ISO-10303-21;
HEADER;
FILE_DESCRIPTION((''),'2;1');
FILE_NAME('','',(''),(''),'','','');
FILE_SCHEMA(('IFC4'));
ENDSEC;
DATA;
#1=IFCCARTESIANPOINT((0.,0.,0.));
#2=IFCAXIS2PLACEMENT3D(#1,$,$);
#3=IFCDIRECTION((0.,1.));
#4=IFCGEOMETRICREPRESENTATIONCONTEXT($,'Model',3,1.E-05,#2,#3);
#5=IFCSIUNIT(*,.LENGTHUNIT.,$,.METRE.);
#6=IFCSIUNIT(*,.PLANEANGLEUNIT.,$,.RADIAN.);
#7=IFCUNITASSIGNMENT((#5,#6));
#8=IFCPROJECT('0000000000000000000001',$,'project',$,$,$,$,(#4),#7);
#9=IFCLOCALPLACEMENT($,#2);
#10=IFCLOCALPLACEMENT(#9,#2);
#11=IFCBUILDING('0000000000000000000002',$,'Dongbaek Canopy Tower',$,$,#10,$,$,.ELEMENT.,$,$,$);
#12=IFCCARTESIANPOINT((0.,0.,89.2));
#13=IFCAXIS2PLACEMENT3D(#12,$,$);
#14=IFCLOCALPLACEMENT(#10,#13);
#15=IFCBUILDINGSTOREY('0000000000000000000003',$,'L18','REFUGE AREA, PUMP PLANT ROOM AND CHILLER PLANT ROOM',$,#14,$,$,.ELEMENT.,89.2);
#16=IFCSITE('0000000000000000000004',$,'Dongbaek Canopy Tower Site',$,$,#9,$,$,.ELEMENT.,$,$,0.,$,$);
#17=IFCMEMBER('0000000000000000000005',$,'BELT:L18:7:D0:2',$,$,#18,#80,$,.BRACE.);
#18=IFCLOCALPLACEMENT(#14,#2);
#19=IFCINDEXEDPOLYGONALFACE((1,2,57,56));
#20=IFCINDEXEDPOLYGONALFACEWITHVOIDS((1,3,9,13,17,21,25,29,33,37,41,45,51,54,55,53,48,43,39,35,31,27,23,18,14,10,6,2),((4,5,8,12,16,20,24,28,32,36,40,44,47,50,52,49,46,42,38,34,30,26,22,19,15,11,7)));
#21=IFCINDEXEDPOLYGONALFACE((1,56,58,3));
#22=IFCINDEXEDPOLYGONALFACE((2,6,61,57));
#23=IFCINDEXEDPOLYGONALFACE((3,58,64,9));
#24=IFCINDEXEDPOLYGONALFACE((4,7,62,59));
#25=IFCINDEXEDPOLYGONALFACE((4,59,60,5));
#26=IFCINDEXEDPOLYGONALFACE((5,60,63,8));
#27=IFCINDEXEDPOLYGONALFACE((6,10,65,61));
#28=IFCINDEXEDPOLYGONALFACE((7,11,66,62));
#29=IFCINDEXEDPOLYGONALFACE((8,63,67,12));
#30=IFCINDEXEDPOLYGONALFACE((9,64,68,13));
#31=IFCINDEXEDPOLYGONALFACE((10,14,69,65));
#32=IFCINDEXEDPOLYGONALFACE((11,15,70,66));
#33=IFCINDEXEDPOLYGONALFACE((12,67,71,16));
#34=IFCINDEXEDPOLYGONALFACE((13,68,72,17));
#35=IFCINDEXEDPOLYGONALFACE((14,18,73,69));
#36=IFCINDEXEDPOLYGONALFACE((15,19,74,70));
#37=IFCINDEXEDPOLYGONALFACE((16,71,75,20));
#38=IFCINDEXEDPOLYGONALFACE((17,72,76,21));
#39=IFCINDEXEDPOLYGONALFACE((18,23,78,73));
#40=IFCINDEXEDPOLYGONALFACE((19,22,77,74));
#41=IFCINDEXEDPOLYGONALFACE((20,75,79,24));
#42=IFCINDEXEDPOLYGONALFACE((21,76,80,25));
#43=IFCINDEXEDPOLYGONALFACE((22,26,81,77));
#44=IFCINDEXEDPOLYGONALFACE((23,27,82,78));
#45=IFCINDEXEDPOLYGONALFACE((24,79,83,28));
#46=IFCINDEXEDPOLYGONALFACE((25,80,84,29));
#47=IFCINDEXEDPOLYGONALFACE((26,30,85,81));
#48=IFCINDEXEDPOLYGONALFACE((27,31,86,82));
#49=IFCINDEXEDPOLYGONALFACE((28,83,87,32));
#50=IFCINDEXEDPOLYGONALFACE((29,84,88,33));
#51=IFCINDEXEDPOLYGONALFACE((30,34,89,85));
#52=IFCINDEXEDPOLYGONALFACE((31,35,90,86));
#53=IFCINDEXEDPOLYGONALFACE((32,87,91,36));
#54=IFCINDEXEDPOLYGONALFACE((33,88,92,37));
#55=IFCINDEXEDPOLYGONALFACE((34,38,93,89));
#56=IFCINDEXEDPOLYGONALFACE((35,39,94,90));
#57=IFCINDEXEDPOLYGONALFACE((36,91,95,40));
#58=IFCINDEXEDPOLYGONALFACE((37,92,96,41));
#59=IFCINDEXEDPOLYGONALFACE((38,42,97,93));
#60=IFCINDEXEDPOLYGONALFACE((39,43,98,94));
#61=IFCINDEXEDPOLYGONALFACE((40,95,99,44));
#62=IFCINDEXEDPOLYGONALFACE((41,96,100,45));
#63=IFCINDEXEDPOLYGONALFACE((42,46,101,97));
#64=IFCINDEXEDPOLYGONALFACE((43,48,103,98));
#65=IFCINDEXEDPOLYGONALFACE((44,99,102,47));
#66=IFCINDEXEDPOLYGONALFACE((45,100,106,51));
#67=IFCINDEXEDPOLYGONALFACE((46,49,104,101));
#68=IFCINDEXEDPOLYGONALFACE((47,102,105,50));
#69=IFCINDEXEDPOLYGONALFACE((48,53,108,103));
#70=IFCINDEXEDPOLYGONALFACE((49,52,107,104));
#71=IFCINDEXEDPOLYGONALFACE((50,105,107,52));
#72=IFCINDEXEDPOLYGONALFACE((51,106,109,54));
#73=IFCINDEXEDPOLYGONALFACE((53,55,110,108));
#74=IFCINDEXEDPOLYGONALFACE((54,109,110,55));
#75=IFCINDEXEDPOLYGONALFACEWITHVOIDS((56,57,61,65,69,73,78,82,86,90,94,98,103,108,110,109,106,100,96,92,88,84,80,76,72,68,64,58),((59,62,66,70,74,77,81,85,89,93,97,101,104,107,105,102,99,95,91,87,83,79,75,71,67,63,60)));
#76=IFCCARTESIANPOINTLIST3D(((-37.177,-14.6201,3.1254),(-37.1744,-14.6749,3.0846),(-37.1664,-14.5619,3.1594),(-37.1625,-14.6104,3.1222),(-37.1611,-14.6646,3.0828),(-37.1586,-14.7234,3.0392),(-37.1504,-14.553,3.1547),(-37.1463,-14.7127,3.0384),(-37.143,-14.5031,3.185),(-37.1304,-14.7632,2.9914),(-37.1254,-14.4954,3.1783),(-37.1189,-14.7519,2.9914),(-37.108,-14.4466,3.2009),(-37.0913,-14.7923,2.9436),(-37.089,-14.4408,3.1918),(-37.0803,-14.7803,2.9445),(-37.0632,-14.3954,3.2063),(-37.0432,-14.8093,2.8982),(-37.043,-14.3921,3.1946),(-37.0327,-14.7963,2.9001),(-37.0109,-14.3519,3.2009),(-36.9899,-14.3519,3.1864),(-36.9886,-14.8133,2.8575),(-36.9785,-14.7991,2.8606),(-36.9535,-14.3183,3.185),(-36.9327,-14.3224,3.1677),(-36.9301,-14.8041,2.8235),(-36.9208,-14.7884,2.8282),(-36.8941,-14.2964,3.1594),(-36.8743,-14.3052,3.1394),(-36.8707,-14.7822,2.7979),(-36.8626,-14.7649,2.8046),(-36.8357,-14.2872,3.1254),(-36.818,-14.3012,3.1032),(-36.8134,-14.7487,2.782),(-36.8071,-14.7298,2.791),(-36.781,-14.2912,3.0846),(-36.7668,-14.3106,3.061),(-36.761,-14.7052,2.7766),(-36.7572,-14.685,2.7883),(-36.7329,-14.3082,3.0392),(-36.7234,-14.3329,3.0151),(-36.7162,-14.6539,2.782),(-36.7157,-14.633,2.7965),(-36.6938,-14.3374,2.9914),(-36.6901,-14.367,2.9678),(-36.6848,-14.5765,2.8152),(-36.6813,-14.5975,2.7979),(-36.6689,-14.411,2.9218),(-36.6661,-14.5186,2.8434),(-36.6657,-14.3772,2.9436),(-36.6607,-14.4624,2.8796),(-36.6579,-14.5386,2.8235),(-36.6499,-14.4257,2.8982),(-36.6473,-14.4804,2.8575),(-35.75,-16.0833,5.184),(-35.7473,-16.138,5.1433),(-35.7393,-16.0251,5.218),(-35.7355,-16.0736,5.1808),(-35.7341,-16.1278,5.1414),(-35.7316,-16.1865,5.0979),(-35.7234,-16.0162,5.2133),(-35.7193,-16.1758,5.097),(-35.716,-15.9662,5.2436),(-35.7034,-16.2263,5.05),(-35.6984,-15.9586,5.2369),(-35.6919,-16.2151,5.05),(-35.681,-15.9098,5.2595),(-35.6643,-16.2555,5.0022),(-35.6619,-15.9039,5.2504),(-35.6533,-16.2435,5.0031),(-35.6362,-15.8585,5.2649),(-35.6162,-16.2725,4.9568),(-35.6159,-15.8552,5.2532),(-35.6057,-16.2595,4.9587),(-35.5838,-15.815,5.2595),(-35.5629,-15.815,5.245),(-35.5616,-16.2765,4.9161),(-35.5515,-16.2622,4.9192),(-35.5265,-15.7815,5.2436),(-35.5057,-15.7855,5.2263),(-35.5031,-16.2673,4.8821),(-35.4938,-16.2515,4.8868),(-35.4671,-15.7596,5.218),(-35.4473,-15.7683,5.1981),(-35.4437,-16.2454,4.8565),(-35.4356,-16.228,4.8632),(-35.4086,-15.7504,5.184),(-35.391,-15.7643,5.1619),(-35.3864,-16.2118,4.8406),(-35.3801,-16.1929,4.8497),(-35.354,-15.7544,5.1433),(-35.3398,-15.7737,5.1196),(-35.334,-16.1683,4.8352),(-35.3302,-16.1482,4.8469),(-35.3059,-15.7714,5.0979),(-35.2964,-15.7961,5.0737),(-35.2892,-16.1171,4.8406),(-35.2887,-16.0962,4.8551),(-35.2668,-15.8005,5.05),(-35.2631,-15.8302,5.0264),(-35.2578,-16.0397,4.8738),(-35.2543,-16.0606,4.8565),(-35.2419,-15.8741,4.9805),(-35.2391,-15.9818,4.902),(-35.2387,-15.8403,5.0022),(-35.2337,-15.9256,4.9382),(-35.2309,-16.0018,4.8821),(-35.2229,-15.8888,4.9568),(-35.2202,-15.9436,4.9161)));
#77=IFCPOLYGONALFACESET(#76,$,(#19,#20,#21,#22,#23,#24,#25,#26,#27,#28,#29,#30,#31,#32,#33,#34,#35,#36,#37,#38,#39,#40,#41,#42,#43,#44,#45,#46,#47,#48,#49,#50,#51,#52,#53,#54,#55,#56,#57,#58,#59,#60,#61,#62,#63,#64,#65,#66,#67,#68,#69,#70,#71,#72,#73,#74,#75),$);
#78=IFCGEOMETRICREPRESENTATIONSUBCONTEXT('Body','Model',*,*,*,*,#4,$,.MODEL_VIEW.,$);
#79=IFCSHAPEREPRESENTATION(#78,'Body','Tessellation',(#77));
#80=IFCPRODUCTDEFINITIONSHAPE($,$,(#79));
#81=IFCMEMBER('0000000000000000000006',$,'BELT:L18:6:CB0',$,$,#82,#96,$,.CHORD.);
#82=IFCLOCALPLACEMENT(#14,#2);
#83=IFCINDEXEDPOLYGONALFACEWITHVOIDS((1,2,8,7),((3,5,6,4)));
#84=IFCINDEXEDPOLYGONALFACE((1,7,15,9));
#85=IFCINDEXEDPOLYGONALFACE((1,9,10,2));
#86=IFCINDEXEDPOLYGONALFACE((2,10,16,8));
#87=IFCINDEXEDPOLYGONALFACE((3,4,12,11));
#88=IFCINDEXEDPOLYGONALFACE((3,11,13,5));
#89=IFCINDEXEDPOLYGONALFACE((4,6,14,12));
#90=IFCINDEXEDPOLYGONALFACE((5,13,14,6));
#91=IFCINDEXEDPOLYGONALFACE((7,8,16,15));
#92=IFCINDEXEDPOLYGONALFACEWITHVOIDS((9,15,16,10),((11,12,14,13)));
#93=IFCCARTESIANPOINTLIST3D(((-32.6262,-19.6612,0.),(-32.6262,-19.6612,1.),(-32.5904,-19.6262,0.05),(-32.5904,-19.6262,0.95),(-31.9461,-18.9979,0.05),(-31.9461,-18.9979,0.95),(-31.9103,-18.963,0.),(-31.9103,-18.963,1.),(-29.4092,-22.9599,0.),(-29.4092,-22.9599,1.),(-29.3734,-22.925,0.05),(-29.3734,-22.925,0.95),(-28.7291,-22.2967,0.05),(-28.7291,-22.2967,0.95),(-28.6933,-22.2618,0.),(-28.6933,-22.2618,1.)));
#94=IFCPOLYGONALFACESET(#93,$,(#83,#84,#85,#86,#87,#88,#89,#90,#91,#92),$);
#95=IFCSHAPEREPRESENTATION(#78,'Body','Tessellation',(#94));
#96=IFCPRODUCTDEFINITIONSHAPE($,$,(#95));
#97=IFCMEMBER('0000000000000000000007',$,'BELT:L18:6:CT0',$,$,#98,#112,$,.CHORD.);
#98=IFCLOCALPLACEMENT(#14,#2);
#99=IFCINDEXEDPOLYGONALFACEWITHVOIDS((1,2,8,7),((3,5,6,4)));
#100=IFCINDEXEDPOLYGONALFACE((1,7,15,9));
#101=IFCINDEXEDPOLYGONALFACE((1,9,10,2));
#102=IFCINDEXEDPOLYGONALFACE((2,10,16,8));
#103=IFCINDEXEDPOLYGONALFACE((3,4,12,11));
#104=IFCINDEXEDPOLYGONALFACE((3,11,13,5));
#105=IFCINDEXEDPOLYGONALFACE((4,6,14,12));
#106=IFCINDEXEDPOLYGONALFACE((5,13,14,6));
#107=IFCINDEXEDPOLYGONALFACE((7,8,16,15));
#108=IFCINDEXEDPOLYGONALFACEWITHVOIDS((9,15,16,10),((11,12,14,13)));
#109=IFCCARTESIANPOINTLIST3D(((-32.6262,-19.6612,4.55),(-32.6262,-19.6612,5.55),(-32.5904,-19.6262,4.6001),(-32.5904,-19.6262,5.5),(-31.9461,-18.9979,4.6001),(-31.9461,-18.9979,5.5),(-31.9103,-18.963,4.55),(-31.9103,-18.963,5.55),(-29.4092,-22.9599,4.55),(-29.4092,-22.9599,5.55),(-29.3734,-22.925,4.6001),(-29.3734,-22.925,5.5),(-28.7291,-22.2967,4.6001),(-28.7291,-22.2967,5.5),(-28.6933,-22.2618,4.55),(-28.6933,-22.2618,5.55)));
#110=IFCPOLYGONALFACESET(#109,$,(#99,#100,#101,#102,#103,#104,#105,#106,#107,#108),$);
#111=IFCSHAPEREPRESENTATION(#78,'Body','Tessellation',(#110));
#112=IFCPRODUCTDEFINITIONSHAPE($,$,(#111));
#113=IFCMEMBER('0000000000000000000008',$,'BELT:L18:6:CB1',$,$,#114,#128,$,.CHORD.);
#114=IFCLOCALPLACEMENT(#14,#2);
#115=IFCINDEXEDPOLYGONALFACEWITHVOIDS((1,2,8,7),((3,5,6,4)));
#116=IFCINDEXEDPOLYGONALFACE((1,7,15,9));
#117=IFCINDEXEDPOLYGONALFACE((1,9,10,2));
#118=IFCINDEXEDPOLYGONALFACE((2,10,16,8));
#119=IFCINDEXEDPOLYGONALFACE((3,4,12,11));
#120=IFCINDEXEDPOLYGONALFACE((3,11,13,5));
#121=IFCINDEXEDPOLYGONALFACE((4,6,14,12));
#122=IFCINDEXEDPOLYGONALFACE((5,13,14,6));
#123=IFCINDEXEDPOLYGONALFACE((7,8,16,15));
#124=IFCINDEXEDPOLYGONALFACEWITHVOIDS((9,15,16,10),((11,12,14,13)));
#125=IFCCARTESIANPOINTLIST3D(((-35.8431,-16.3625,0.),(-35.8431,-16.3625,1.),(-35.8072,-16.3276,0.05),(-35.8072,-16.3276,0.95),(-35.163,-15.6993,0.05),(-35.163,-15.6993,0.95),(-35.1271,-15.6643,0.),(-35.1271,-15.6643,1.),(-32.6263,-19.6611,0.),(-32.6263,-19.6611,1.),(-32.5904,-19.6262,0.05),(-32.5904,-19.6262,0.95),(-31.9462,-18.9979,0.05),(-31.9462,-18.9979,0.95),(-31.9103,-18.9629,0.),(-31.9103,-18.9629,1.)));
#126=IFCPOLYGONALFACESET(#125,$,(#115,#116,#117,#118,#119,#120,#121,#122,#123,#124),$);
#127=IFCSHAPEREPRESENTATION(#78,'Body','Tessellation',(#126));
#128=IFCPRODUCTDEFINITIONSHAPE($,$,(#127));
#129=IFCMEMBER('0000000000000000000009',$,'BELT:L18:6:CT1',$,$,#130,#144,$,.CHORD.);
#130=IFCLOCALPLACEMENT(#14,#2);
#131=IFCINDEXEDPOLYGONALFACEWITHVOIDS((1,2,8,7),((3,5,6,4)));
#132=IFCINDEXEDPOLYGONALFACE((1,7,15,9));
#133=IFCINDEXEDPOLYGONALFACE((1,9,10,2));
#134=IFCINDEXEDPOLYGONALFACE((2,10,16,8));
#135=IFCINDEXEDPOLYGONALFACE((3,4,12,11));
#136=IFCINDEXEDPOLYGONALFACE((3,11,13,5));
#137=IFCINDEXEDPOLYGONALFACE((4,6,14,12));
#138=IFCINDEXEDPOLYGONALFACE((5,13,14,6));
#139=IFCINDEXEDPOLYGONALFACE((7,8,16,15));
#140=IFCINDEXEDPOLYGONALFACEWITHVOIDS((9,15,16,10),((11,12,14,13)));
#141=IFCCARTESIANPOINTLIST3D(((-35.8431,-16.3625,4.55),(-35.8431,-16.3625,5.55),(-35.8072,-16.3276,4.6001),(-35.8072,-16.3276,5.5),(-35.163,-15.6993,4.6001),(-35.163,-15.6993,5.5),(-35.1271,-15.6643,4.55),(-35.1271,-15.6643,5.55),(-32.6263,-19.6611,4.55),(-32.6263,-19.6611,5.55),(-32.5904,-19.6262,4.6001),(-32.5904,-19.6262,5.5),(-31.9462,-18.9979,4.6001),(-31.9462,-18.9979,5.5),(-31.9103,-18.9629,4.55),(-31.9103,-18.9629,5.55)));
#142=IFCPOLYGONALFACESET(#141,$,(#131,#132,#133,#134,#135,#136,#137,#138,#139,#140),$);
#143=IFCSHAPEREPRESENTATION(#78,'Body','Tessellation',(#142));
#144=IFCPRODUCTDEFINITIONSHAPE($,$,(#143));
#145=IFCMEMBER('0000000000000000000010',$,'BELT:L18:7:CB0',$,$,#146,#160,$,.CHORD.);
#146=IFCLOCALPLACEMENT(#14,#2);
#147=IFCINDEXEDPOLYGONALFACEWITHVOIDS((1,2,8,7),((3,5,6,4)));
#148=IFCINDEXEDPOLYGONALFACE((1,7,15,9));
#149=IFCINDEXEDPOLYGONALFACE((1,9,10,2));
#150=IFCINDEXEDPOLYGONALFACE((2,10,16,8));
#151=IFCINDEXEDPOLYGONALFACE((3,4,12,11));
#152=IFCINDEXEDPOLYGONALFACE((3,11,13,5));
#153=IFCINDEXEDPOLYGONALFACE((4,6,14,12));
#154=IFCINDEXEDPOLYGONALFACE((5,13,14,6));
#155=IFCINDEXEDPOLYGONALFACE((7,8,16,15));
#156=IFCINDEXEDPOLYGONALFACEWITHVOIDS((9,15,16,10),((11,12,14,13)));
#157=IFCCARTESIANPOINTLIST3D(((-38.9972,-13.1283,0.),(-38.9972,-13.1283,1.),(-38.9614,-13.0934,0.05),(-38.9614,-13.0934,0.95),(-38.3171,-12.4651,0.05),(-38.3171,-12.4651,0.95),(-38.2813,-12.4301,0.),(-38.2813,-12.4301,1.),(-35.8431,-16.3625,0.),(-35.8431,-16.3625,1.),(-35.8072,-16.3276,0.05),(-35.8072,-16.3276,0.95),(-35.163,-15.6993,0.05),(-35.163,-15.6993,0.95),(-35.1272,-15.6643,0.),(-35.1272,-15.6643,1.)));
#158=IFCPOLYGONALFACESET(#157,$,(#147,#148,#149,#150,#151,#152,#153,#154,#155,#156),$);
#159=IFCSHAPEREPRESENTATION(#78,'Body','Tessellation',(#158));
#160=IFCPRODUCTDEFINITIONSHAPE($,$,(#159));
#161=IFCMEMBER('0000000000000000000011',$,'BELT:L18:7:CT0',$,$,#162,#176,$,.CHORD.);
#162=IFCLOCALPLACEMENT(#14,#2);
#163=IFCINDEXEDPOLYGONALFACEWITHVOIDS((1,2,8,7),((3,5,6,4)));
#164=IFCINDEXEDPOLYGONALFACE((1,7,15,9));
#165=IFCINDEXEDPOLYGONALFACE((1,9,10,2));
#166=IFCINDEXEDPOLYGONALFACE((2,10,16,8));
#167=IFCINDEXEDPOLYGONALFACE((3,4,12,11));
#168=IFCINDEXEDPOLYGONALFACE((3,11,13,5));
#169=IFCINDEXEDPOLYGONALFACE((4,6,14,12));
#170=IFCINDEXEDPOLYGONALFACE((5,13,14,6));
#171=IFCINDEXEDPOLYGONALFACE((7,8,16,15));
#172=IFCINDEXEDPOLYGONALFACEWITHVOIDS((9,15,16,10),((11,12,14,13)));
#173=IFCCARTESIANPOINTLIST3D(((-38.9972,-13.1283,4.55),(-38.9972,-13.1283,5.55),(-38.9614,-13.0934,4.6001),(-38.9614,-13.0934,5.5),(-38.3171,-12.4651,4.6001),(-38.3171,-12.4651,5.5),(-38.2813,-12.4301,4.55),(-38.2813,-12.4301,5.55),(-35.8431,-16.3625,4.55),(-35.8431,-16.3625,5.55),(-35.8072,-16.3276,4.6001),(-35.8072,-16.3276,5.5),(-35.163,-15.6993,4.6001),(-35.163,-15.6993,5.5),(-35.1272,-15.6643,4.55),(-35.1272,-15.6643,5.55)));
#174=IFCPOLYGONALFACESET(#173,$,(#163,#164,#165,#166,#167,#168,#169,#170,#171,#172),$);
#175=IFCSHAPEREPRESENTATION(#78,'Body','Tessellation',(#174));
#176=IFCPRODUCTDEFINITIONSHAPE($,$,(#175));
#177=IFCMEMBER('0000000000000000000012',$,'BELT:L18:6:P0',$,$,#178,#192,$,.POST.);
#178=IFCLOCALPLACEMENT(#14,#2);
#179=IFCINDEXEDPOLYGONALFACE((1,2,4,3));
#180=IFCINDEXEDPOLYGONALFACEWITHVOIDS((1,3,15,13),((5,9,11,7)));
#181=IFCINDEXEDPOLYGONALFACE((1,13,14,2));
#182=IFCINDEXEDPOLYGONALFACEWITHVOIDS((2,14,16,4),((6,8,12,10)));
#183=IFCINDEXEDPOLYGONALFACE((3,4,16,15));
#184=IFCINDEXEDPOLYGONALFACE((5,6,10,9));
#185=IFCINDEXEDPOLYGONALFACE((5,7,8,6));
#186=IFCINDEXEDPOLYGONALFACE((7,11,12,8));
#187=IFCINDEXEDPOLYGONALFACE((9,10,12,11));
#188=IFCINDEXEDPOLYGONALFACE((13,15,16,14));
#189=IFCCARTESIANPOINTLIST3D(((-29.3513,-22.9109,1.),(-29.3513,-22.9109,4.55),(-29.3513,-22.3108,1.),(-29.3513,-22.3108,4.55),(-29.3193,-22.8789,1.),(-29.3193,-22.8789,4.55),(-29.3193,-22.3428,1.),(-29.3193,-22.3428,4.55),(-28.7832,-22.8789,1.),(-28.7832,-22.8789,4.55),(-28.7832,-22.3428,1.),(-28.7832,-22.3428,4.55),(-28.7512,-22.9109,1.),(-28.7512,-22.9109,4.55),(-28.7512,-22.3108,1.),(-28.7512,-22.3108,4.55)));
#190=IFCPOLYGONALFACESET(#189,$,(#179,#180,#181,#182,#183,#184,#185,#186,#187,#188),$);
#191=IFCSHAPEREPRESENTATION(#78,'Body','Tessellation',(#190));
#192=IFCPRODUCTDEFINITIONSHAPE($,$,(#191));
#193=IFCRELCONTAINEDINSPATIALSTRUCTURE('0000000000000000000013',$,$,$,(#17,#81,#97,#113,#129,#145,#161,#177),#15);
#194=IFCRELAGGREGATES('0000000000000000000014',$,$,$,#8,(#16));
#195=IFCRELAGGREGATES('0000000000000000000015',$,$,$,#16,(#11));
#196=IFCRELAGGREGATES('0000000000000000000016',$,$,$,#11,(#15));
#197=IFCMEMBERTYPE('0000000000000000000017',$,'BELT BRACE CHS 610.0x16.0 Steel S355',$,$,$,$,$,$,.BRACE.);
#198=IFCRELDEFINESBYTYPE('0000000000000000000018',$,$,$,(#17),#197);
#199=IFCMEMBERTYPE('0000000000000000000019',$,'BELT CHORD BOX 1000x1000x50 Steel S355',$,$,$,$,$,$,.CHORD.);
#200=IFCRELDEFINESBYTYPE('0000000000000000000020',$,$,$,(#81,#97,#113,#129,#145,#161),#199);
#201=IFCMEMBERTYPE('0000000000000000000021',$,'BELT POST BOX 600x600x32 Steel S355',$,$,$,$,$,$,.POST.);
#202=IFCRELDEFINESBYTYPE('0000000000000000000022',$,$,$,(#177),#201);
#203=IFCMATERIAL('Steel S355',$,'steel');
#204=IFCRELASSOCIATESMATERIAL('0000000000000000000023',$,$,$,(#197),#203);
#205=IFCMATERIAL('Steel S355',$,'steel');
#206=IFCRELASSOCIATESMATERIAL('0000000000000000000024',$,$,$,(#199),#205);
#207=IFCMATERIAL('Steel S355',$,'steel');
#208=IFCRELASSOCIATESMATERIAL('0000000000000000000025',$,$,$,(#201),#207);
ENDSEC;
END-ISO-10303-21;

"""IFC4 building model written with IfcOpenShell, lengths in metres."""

from ifc_helpers import new_model, si_unit, direction, frame, origin, origin_2d, place, context, subcontext, project, spatial, hollow_rectangle, hollow_circle, extrude, material, material_profile, profile_set, type_object, element, save


model = new_model("IFC4")

# Units and contexts
model_context = context("Model", 3, precision=1e-05, world=origin(), true_north=direction((0.0, 1.0)))
body_context = subcontext(model_context, "Body", "Model", "MODEL_VIEW")
ifc_project = project(units=[si_unit("LENGTHUNIT", "METRE"), si_unit("PLANEANGLEUNIT", "RADIAN")], contexts=[model_context])

# Site, building, storey
site_placement = place(None, origin())
site = spatial("IfcSite", under=ifc_project, at=site_placement, Name="Dongbaek Canopy Tower Site", CompositionType="ELEMENT", RefElevation=0.0)
building_placement = place(site_placement, origin())
building = spatial("IfcBuilding", under=site, at=building_placement, Name="Dongbaek Canopy Tower", CompositionType="ELEMENT")
storey_placement = place(building_placement, frame((0.0, 0.0, 89.2)))
storey = spatial("IfcBuildingStorey", under=building, at=storey_placement, Name="L18", Description="REFUGE AREA, PUMP PLANT ROOM AND CHILLER PLANT ROOM", CompositionType="ELEMENT", Elevation=89.2)

# Members
ifc_material_1 = material(Name="Steel S355", Category="steel")
ifc_material_profile_1 = material_profile(ifc_material_1, hollow_circle(Radius=0.3049, WallThickness=0.0161, at=origin_2d()), Name="BELT BRACE CHS 610.0x16.0 Steel S355")
ifc_profile_set_1 = profile_set([ifc_material_profile_1], Name="Steel S355")
member_type_1 = type_object("IfcMemberType", Name="BELT BRACE CHS 610.0x16.0 Steel S355", PredefinedType="BRACE", material=ifc_profile_set_1)
member_1_placement = place(storey_placement, frame((-35.4851, -16.0134, 5.05), z_axis=(-0.491926, 0.504382, -0.709653), x_axis=(-0.715891, -0.698212, 0.0)))
element("IfcMember", 1, at=member_1_placement, inside=storey, type_object=member_type_1, Name="BELT:L18:7:D0:2", PredefinedType="BRACE", context=body_context, shape_type="SweptSolid", body=[
    extrude(hollow_circle(Radius=0.3049, WallThickness=0.0161, at=origin_2d()), origin(), (0.0, 0.0, 1.0), 2.9009),
])
ifc_material_2 = material(Name="Steel S355", Category="steel")
ifc_material_profile_2 = material_profile(ifc_material_2, hollow_rectangle(XDim=1.0, YDim=1.0, WallThickness=0.05, at=origin_2d()), Name="BELT CHORD BOX 1000x1000x50 Steel S355")
ifc_profile_set_2 = profile_set([ifc_material_profile_2], Name="Steel S355")
member_type_2 = type_object("IfcMemberType", Name="BELT CHORD BOX 1000x1000x50 Steel S355", PredefinedType="CHORD", material=ifc_profile_set_2)
for number, where, z_axis, x_axis, name in (
    (2, (-29.0513, -22.6108, 0.5), (-0.698176, 0.715926, 0.0), (-0.715926, -0.698176, 0.0), "BELT:L18:6:CB0"),
    (3, (-29.0513, -22.6108, 5.05), (-0.698176, 0.715926, 0.0), (-0.715926, -0.698176, 0.0), "BELT:L18:6:CT0"),
):
    element("IfcMember", number, at=place(storey_placement, frame(where, z_axis=z_axis, x_axis=x_axis)), inside=storey, type_object=member_type_2, Name=name, PredefinedType="CHORD", context=body_context, shape_type="SweptSolid", body=[
        extrude(hollow_rectangle(XDim=1.0, YDim=1.0, WallThickness=0.05, at=origin_2d()), origin(), (0.0, 0.0, 1.0), 4.6077),
    ])
for number, where, z_axis, x_axis, name in (
    (4, (-32.2683, -19.312, 0.5), (-0.698176, 0.715927, 0.0), (-0.715927, -0.698176, 0.0), "BELT:L18:6:CB1"),
    (5, (-32.2683, -19.312, 5.05), (-0.698176, 0.715927, 0.0), (-0.715927, -0.698176, 0.0), "BELT:L18:6:CT1"),
):
    element("IfcMember", number, at=place(storey_placement, frame(where, z_axis=z_axis, x_axis=x_axis)), inside=storey, type_object=member_type_2, Name=name, PredefinedType="CHORD", context=body_context, shape_type="SweptSolid", body=[
        extrude(hollow_rectangle(XDim=1.0, YDim=1.0, WallThickness=0.05, at=origin_2d()), origin(), (0.0, 0.0, 1.0), 4.6074),
    ])
for number, where, z_axis, x_axis, name in (
    (6, (-35.4851, -16.0134, 0.5), (-0.698188, 0.715914, 0.0), (-0.715914, -0.698188, 0.0), "BELT:L18:7:CB0"),
    (7, (-35.4851, -16.0134, 5.05), (-0.698188, 0.715914, 0.0), (-0.715914, -0.698188, 0.0), "BELT:L18:7:CT0"),
):
    element("IfcMember", number, at=place(storey_placement, frame(where, z_axis=z_axis, x_axis=x_axis)), inside=storey, type_object=member_type_2, Name=name, PredefinedType="CHORD", context=body_context, shape_type="SweptSolid", body=[
        extrude(hollow_rectangle(XDim=1.0, YDim=1.0, WallThickness=0.05, at=origin_2d()), origin(), (0.0, 0.0, 1.0), 4.5176),
    ])
ifc_material_3 = material(Name="Steel S355", Category="steel")
ifc_material_profile_3 = material_profile(ifc_material_3, hollow_rectangle(XDim=0.6001, YDim=0.6001, WallThickness=0.032, at=origin_2d()), Name="BELT POST BOX 600x600x32 Steel S355")
ifc_profile_set_3 = profile_set([ifc_material_profile_3], Name="Steel S355")
member_type_3 = type_object("IfcMemberType", Name="BELT POST BOX 600x600x32 Steel S355", PredefinedType="POST", material=ifc_profile_set_3)
for number, where, z_axis, x_axis, name in (
    (8, (-29.0513, -22.6108, 1.0), (0.0, 0.0, 1.0), (1.0, 0.0, 0.0), "BELT:L18:6:P0"),
):
    element("IfcMember", number, at=place(storey_placement, frame(where, z_axis=z_axis, x_axis=x_axis)), inside=storey, type_object=member_type_3, Name=name, PredefinedType="POST", context=body_context, shape_type="SweptSolid", body=[
        extrude(hollow_rectangle(XDim=0.6001, YDim=0.6001, WallThickness=0.032, at=origin_2d()), origin(), (0.0, 0.0, 1.0), 3.55),
    ])

save(model, "model.ifc")
